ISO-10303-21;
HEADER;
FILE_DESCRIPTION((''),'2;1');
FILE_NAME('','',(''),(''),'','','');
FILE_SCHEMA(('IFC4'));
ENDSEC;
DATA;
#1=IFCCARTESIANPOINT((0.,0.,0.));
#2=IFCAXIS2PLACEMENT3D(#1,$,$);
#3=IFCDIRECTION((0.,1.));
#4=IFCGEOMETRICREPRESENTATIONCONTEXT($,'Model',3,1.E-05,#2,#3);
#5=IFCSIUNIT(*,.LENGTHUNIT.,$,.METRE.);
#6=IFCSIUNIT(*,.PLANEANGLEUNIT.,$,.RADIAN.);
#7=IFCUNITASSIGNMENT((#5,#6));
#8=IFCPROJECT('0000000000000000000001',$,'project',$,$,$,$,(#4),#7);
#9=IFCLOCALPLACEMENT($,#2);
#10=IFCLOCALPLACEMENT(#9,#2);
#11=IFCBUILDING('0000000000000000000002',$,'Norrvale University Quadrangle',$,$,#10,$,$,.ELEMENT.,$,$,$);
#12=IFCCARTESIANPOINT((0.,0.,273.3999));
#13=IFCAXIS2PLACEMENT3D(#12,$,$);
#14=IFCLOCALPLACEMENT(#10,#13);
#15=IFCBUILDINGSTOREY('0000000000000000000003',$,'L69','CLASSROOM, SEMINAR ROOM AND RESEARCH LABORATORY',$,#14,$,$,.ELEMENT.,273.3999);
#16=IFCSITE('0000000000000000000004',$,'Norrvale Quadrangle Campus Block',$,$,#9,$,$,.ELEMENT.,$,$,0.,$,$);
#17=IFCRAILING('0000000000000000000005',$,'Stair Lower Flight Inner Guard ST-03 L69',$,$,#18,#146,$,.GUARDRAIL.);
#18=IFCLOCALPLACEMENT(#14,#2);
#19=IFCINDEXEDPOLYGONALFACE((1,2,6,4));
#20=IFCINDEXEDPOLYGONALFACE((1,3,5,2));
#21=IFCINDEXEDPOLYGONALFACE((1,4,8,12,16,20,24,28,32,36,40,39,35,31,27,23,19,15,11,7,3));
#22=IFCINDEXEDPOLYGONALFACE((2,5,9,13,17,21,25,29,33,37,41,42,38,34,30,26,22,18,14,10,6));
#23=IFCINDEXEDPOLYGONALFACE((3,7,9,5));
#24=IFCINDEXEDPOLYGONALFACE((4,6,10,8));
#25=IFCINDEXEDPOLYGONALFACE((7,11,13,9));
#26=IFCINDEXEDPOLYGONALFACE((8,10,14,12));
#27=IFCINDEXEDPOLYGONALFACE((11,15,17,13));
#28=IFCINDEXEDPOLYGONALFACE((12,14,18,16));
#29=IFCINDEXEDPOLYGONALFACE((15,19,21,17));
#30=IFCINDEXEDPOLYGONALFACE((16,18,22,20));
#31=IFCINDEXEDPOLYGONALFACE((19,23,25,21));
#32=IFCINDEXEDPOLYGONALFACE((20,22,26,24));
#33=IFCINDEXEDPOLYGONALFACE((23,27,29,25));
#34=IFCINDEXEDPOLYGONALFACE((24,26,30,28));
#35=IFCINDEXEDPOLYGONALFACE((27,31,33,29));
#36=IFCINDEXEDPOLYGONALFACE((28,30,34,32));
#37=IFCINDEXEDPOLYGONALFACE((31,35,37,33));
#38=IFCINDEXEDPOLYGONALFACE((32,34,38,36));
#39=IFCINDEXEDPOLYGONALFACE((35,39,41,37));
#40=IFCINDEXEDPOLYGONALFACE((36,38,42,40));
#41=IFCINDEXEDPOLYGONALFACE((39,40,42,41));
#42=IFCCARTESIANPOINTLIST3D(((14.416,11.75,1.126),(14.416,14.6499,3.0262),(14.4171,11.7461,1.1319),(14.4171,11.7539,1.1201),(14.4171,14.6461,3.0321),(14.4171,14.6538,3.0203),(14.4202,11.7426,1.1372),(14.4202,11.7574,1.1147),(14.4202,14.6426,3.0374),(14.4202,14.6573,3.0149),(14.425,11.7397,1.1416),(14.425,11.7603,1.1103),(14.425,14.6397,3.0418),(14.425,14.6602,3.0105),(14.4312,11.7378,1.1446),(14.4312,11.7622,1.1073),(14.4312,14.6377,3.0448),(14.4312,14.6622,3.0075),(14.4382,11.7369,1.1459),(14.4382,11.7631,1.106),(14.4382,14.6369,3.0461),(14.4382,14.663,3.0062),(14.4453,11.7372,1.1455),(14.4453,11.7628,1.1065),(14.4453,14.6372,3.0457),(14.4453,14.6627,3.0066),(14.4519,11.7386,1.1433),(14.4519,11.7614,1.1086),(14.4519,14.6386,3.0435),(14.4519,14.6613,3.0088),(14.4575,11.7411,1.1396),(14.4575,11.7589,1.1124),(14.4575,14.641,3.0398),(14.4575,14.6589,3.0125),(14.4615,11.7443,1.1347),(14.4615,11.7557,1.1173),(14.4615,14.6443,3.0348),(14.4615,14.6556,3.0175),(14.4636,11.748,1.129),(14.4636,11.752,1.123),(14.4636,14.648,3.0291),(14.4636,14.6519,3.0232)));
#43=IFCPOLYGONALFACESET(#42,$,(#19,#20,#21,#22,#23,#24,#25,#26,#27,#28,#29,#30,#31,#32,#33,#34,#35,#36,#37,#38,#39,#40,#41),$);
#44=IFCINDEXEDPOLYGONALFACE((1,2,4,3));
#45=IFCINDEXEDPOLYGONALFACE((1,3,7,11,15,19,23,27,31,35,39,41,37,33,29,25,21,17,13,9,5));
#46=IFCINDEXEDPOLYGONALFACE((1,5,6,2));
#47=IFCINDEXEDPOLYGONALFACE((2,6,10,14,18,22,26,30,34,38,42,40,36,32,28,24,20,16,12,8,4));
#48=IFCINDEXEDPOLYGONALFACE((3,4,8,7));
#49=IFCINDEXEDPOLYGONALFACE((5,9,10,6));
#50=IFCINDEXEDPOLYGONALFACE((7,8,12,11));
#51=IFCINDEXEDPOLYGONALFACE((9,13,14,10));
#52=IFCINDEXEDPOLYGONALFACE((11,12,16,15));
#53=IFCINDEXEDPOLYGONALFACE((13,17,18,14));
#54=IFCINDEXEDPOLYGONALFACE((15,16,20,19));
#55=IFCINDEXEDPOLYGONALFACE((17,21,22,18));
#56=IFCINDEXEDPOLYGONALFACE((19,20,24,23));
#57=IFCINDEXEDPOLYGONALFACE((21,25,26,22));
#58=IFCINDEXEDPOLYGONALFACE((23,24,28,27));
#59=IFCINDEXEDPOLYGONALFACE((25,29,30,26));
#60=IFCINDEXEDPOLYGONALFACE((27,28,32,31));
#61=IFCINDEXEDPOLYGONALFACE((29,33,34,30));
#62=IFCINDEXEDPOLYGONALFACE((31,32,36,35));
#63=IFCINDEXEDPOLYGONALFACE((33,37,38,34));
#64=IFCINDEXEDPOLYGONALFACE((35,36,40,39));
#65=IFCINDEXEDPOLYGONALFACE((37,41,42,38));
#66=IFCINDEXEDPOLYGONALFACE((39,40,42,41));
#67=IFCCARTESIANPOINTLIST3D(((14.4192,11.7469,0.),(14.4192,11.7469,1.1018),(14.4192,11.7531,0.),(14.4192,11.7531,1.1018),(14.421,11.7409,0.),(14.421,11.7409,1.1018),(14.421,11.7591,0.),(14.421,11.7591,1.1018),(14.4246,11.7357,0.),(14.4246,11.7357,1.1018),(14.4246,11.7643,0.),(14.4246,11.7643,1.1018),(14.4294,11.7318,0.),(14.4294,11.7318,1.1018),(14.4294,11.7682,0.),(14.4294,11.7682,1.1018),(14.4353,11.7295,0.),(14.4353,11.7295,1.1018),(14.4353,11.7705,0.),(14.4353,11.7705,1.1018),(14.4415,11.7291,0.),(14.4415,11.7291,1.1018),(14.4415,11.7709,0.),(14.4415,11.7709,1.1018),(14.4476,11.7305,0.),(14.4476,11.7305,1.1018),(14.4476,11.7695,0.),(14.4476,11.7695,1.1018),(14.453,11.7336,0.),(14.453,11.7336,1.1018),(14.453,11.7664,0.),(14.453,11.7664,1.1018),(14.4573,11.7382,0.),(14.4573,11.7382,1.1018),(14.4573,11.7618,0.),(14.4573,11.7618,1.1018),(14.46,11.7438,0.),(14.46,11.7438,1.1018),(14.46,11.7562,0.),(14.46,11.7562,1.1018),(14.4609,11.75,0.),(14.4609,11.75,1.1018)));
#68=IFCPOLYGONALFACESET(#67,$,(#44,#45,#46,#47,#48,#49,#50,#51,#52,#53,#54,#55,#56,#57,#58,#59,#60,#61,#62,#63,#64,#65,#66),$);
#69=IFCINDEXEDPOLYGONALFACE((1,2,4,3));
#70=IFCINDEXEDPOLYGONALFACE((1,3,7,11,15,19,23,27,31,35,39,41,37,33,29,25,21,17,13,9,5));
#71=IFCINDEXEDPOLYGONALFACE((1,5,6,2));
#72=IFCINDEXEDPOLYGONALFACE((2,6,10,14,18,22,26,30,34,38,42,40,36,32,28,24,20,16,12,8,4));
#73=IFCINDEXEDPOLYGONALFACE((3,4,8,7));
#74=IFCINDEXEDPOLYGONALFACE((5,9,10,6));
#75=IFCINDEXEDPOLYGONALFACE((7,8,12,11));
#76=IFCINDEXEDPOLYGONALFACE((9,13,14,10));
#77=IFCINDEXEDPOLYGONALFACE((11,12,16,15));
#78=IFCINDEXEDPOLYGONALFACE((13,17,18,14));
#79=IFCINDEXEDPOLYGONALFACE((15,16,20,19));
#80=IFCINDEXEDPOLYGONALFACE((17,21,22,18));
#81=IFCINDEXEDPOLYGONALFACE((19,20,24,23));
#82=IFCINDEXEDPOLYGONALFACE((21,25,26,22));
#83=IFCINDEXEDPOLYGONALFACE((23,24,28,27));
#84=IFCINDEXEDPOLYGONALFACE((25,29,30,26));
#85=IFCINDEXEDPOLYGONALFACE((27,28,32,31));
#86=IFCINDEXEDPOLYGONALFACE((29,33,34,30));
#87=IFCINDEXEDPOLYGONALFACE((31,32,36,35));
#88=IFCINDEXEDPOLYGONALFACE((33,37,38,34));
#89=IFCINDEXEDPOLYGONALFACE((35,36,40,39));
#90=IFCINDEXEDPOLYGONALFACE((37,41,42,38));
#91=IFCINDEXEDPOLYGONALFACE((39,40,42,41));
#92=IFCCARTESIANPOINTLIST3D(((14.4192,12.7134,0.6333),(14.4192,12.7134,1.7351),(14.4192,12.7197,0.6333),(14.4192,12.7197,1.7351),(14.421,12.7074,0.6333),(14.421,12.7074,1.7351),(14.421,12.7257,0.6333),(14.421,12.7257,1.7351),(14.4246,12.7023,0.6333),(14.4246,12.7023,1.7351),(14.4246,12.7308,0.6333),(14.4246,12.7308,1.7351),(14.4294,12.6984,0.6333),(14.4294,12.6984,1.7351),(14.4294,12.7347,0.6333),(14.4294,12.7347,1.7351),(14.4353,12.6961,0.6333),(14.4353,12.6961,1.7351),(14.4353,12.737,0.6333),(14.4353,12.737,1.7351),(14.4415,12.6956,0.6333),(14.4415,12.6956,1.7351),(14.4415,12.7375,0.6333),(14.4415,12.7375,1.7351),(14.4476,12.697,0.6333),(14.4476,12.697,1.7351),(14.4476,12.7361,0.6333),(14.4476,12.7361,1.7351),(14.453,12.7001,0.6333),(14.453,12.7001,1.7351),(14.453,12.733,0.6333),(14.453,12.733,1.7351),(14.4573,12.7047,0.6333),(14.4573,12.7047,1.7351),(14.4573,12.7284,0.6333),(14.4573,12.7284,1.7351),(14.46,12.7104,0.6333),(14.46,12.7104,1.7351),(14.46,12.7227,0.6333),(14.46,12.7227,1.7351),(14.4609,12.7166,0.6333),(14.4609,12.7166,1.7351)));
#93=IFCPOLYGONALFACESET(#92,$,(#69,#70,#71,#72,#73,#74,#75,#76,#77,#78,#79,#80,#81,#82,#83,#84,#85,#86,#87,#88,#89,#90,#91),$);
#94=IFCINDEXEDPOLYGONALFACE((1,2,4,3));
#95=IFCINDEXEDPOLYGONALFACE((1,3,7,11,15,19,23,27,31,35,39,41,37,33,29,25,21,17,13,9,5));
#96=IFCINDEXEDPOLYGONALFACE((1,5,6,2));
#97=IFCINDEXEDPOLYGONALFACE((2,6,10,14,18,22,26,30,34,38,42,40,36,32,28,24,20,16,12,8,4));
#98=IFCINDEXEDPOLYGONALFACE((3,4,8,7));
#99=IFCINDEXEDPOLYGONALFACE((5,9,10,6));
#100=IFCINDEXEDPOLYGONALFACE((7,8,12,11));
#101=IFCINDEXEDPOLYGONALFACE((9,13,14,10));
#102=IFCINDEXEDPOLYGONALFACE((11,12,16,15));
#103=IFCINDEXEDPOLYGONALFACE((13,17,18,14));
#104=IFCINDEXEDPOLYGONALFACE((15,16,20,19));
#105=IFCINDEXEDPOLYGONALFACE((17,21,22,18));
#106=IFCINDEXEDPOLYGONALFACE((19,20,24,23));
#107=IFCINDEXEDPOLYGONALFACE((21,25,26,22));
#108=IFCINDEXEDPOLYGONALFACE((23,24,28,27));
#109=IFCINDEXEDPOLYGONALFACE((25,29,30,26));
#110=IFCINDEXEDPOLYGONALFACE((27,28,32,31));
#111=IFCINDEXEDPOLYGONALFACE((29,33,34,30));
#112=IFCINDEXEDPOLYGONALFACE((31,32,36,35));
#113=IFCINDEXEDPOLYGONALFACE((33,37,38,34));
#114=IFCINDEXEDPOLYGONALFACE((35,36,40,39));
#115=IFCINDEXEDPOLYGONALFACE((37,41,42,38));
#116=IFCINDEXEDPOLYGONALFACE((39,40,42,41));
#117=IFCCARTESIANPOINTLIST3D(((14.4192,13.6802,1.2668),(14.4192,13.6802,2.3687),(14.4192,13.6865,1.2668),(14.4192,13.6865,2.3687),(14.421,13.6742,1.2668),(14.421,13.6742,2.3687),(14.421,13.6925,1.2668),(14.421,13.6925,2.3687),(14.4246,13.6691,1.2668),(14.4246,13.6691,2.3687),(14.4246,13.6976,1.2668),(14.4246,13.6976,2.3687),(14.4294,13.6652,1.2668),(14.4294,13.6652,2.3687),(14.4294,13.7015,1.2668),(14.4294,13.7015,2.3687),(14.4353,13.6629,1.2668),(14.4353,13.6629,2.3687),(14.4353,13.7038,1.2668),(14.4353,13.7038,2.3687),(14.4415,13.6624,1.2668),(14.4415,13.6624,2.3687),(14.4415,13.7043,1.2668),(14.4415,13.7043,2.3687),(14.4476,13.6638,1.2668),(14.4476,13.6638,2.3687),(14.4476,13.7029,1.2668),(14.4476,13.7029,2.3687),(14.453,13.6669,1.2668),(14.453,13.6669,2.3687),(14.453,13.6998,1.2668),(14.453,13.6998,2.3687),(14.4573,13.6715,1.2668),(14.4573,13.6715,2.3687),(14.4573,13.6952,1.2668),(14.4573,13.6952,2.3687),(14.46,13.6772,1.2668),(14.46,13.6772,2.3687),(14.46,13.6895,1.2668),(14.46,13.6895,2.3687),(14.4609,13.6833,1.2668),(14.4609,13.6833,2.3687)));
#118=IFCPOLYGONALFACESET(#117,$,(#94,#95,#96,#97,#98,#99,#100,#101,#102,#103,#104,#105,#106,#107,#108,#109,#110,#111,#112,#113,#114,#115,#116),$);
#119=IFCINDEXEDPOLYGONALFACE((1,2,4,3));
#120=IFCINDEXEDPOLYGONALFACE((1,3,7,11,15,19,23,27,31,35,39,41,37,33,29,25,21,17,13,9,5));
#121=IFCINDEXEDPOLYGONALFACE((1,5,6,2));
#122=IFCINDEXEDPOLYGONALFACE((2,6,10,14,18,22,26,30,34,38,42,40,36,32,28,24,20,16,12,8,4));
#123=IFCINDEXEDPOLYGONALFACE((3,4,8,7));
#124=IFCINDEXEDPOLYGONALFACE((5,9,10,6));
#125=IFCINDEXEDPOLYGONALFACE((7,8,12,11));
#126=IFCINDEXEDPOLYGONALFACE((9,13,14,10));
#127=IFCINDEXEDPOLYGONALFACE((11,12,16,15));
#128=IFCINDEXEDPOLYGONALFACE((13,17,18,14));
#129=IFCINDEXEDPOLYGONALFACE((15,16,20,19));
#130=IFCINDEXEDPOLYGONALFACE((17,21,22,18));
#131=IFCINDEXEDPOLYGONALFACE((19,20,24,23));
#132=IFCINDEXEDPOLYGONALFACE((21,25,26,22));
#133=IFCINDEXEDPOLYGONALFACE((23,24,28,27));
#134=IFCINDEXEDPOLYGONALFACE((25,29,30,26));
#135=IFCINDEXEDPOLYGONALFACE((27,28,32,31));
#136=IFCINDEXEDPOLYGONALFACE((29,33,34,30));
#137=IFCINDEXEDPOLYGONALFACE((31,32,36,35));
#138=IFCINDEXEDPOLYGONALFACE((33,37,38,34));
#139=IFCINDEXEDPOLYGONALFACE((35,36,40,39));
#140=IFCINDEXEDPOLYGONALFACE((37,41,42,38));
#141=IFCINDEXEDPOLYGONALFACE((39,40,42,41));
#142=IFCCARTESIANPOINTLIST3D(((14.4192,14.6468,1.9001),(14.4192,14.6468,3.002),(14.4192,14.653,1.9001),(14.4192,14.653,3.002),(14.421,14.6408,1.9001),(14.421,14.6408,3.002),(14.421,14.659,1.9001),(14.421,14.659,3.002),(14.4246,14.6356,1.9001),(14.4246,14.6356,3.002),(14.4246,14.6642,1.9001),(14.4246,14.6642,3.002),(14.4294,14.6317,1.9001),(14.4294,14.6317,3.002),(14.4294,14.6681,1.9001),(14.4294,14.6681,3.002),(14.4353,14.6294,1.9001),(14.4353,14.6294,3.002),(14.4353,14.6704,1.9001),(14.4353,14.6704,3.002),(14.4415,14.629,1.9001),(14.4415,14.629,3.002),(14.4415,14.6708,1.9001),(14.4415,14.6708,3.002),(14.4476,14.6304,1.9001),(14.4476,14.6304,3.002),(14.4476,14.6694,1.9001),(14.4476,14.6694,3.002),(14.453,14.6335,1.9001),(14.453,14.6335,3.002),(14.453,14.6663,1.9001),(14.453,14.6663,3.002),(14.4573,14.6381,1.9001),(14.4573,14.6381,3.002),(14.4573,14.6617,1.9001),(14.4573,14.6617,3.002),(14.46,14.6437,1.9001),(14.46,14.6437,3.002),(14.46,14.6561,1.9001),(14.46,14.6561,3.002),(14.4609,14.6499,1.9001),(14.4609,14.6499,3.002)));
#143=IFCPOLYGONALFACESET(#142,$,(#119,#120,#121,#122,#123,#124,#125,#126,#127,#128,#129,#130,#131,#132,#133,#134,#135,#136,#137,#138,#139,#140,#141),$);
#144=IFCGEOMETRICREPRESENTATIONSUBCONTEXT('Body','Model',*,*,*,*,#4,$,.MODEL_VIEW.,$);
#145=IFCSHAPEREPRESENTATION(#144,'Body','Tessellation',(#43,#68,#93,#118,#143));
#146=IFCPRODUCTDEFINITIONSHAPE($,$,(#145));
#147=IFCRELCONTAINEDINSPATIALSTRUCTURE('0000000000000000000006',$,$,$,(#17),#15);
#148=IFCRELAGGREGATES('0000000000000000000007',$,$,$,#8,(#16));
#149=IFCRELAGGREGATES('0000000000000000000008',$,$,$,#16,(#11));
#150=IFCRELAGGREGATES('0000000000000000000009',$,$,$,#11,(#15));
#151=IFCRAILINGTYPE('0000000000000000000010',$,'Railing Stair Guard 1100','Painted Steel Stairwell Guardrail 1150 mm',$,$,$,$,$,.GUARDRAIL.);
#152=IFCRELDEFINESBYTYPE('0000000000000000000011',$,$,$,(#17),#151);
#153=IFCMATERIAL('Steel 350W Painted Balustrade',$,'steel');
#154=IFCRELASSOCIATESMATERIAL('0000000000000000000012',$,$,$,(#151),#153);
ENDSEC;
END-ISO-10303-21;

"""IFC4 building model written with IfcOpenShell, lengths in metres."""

from ifc_helpers import new_model, si_unit, direction, frame, origin, origin_2d, place, context, subcontext, project, spatial, circle, extrude, material, type_object, element, save


model = new_model("IFC4")

# Units and contexts
model_context = context("Model", 3, precision=1e-05, world=origin(), true_north=direction((0.0, 1.0)))
body_context = subcontext(model_context, "Body", "Model", "MODEL_VIEW")
ifc_project = project(units=[si_unit("LENGTHUNIT", "METRE"), si_unit("PLANEANGLEUNIT", "RADIAN")], contexts=[model_context])

# Site, building, storey
site_placement = place(None, origin())
site = spatial("IfcSite", under=ifc_project, at=site_placement, Name="Norrvale Quadrangle Campus Block", CompositionType="ELEMENT", RefElevation=0.0)
building_placement = place(site_placement, origin())
building = spatial("IfcBuilding", under=site, at=building_placement, Name="Norrvale University Quadrangle", CompositionType="ELEMENT")
storey_placement = place(building_placement, frame((0.0, 0.0, 273.3999)))
storey = spatial("IfcBuildingStorey", under=building, at=storey_placement, Name="L69", Description="CLASSROOM, SEMINAR ROOM AND RESEARCH LABORATORY", CompositionType="ELEMENT", Elevation=273.3999)

# Railing
ifc_material_1 = material(Name="Steel 350W Painted Balustrade", Category="steel")
railing_type_1 = type_object("IfcRailingType", Name="Railing Stair Guard 1100", Description="Painted Steel Stairwell Guardrail 1150 mm", PredefinedType="GUARDRAIL", material=ifc_material_1)
railing_1_placement = place(storey_placement, frame((14.4399, 11.75, 0.0)))
element("IfcRailing", 1, at=railing_1_placement, inside=storey, type_object=railing_type_1, Name="Stair Lower Flight Inner Guard ST-03 L69", PredefinedType="GUARDRAIL", context=body_context, shape_type="SweptSolid", body=[
    extrude(circle(Radius=0.0239, at=origin_2d()), frame((0.0, 0.0, 1.126), z_axis=(0.0, 0.836433, 0.548069), x_axis=(-1.0, 0.0, 0.0)), (0.0, 0.0, 1.0), 3.467),
    extrude(circle(Radius=0.021, at=origin_2d()), origin(), (0.0, 0.0, 1.0), 1.1018),
    extrude(circle(Radius=0.021, at=origin_2d()), frame((0.0, 0.9666, 0.6333)), (0.0, 0.0, 1.0), 1.1018),
    extrude(circle(Radius=0.021, at=origin_2d()), frame((0.0, 1.9333, 1.2668)), (0.0, 0.0, 1.0), 1.1018),
    extrude(circle(Radius=0.021, at=origin_2d()), frame((0.0, 2.8999, 1.9001)), (0.0, 0.0, 1.0), 1.1018),
])

save(model, "model.ifc")
